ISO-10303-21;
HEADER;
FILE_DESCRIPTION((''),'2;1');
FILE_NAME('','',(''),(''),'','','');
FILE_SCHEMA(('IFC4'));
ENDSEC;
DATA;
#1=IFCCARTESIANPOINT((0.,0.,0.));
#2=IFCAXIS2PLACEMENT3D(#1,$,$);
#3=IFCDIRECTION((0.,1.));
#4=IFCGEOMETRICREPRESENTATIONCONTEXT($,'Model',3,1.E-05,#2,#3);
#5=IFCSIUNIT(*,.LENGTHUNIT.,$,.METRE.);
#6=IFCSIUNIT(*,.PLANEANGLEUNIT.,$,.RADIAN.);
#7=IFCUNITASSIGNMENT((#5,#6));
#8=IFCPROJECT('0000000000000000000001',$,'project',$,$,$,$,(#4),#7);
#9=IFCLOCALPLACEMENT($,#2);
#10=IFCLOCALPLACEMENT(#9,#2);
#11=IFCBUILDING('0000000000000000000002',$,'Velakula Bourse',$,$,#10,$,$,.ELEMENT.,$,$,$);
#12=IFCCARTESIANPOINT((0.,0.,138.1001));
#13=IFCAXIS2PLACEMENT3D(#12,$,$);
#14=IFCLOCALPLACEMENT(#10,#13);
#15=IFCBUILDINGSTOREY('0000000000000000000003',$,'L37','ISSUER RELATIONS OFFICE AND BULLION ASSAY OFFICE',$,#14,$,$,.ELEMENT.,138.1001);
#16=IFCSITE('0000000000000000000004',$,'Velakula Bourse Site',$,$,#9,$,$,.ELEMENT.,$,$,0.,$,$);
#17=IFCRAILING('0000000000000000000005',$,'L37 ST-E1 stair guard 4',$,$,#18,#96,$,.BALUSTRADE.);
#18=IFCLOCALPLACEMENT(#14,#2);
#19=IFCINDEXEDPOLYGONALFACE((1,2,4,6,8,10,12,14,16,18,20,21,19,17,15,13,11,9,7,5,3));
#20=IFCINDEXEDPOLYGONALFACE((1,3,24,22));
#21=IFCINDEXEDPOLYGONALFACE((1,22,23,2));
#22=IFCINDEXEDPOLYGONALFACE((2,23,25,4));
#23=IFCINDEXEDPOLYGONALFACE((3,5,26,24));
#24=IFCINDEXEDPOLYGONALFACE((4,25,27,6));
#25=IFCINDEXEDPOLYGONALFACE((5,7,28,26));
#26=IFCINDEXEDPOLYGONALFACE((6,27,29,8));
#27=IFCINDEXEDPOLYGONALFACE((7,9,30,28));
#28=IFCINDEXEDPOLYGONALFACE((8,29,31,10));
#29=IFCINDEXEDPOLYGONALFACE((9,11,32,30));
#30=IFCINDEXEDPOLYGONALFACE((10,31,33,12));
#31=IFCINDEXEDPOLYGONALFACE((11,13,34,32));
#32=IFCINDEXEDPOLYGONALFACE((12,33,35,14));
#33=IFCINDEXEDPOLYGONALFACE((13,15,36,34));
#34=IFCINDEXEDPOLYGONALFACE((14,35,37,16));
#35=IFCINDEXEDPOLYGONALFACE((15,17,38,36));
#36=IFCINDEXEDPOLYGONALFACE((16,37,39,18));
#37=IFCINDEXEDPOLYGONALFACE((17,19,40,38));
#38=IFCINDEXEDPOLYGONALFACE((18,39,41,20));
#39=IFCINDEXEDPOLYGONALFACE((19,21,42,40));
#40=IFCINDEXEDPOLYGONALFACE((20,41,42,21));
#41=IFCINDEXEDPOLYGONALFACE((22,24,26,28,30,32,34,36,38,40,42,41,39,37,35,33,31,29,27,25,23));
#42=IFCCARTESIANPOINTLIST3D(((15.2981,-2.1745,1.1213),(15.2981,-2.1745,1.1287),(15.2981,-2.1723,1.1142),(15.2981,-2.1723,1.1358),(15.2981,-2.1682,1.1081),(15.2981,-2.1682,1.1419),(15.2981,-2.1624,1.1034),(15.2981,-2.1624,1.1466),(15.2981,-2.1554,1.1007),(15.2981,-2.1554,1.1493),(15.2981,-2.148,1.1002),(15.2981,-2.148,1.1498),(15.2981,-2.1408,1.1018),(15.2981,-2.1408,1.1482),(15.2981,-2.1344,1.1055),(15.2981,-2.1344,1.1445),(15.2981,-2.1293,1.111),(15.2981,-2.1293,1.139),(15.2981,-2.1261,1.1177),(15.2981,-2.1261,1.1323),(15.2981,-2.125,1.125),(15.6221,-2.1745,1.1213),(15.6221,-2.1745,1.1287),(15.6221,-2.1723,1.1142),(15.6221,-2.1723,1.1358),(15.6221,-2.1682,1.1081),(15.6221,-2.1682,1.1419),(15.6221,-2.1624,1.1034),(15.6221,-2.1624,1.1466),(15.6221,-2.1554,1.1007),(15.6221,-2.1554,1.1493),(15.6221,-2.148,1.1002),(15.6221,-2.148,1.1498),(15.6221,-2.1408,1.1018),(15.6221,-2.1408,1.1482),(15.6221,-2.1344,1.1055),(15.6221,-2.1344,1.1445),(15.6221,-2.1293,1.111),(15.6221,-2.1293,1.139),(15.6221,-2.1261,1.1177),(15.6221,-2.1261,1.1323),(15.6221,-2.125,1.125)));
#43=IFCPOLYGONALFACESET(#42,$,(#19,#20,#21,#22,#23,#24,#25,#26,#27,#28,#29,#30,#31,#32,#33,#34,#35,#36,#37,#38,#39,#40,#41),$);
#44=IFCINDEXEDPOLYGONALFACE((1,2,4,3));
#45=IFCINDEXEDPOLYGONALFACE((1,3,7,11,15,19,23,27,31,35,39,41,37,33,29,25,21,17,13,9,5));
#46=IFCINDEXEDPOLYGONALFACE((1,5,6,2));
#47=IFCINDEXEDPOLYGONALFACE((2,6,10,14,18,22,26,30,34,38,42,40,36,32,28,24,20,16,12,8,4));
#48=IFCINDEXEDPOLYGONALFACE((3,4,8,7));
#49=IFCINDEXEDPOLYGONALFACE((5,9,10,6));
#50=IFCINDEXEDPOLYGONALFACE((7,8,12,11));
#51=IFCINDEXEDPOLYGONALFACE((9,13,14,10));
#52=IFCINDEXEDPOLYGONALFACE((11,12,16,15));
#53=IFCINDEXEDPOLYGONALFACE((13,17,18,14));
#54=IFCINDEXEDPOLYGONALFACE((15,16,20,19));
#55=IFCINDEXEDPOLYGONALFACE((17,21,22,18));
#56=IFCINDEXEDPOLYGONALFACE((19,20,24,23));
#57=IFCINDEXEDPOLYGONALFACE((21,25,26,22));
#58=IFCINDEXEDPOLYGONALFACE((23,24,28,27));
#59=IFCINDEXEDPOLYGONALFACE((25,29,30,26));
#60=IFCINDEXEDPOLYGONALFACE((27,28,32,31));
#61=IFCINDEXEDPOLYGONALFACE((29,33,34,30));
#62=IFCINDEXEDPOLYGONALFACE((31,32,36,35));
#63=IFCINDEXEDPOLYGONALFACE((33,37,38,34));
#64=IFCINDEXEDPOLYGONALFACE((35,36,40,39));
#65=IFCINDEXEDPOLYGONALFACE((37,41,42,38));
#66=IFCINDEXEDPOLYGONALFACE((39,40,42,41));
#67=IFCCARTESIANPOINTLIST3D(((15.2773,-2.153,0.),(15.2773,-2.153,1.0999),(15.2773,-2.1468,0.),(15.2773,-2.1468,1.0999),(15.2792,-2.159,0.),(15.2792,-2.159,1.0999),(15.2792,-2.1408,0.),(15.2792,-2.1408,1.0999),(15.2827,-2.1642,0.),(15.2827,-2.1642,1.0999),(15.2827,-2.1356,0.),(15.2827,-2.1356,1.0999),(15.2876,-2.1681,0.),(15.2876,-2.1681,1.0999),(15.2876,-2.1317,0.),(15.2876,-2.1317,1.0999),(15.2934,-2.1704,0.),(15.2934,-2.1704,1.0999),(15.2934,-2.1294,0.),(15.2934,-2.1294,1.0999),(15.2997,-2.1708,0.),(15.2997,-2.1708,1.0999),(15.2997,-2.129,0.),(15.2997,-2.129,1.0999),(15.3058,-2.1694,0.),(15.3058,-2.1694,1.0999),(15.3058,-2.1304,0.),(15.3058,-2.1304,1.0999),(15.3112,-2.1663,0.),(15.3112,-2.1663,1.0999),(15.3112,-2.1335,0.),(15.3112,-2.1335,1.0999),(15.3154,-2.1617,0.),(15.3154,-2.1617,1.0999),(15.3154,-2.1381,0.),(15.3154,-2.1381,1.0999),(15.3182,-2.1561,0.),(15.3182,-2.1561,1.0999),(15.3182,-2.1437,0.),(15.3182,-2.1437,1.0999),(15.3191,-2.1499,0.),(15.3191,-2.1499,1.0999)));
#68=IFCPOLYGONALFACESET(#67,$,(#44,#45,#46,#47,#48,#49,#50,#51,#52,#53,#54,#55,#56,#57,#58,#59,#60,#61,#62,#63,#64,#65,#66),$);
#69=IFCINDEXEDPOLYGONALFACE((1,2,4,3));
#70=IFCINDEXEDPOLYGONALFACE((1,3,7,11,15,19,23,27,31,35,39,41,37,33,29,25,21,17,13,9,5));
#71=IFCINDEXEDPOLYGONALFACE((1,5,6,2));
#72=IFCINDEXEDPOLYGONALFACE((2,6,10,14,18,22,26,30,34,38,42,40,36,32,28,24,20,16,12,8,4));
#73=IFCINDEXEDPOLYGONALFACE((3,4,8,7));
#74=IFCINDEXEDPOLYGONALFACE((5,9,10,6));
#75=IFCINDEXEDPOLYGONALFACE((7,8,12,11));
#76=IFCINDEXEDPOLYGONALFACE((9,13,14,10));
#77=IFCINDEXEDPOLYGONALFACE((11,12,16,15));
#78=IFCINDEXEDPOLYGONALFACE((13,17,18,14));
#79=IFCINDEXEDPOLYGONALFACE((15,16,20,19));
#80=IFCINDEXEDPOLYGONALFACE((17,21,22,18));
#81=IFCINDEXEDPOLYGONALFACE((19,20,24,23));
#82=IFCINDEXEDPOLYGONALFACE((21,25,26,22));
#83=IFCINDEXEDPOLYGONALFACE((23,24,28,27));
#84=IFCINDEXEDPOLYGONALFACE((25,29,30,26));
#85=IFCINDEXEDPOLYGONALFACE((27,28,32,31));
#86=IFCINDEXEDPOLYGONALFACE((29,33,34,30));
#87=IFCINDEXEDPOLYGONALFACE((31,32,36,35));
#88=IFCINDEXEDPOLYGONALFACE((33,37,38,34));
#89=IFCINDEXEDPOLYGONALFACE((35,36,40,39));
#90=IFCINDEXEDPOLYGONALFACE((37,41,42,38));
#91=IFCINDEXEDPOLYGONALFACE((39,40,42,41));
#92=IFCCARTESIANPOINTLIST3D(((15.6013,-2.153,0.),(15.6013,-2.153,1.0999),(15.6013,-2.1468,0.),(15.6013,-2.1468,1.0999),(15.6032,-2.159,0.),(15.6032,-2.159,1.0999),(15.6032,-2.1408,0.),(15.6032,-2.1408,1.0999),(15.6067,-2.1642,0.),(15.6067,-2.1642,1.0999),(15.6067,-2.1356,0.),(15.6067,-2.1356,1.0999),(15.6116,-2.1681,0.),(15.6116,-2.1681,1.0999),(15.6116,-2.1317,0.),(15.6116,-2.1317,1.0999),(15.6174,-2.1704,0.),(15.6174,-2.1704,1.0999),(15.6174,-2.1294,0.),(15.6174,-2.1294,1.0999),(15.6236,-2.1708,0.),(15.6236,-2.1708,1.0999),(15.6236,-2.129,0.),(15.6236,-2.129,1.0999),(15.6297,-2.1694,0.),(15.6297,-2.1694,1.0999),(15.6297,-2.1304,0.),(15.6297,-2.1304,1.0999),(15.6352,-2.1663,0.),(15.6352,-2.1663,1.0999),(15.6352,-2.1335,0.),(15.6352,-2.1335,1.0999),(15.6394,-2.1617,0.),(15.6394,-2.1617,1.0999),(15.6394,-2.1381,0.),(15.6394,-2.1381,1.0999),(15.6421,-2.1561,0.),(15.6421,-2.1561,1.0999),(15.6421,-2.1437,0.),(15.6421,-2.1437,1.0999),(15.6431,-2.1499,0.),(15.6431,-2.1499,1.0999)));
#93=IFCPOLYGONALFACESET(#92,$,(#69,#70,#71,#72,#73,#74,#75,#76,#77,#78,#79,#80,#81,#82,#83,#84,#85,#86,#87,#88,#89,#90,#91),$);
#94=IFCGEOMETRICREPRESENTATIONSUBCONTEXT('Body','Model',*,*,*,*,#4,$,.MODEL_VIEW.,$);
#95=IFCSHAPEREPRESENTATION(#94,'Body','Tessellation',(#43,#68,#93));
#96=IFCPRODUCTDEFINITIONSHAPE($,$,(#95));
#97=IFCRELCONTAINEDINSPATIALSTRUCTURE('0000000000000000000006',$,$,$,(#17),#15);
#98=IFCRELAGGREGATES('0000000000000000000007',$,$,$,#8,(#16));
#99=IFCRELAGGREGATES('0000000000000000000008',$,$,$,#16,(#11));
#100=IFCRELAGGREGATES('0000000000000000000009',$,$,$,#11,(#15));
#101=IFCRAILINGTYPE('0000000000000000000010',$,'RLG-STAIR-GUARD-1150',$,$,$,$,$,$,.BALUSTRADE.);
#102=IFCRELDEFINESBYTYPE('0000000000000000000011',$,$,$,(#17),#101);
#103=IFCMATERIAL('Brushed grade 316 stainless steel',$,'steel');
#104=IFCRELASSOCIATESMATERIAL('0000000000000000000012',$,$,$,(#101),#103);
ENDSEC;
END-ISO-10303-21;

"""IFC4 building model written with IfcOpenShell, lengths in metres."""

from ifc_helpers import new_model, si_unit, direction, frame, origin, origin_2d, place, context, subcontext, project, spatial, circle, extrude, material, type_object, element, save


model = new_model("IFC4")

# Units and contexts
model_context = context("Model", 3, precision=1e-05, world=origin(), true_north=direction((0.0, 1.0)))
body_context = subcontext(model_context, "Body", "Model", "MODEL_VIEW")
ifc_project = project(units=[si_unit("LENGTHUNIT", "METRE"), si_unit("PLANEANGLEUNIT", "RADIAN")], contexts=[model_context])

# Site, building, storey
site_placement = place(None, origin())
site = spatial("IfcSite", under=ifc_project, at=site_placement, Name="Velakula Bourse Site", CompositionType="ELEMENT", RefElevation=0.0)
building_placement = place(site_placement, origin())
building = spatial("IfcBuilding", under=site, at=building_placement, Name="Velakula Bourse", CompositionType="ELEMENT")
storey_placement = place(building_placement, frame((0.0, 0.0, 138.1001)))
storey = spatial("IfcBuildingStorey", under=building, at=storey_placement, Name="L37", Description="ISSUER RELATIONS OFFICE AND BULLION ASSAY OFFICE", CompositionType="ELEMENT", Elevation=138.1001)

# Shared definitions
ifc_material_1 = material(Name="Brushed grade 316 stainless steel", Category="steel")

# Railing
railing_type_1 = type_object("IfcRailingType", Name="RLG-STAIR-GUARD-1150", PredefinedType="BALUSTRADE", material=ifc_material_1)
railing_1_placement = place(storey_placement, frame((15.2981, -2.1499, 0.0)))
element("IfcRailing", 1, at=railing_1_placement, inside=storey, type_object=railing_type_1, Name="L37 ST-E1 stair guard 4", PredefinedType="BALUSTRADE", context=body_context, shape_type="SweptSolid", body=[
    extrude(circle(Radius=0.0249, at=origin_2d()), frame((0.0, 0.0, 1.125), z_axis=(1.0, 0.0, 0.0), x_axis=(0.0, 1.0, 0.0)), (0.0, 0.0, 1.0), 0.324),
    extrude(circle(Radius=0.021, at=origin_2d()), origin(), (0.0, 0.0, 1.0), 1.0999),
    extrude(circle(Radius=0.021, at=origin_2d()), frame((0.324, 0.0, 0.0)), (0.0, 0.0, 1.0), 1.0999),
])

save(model, "model.ifc")
